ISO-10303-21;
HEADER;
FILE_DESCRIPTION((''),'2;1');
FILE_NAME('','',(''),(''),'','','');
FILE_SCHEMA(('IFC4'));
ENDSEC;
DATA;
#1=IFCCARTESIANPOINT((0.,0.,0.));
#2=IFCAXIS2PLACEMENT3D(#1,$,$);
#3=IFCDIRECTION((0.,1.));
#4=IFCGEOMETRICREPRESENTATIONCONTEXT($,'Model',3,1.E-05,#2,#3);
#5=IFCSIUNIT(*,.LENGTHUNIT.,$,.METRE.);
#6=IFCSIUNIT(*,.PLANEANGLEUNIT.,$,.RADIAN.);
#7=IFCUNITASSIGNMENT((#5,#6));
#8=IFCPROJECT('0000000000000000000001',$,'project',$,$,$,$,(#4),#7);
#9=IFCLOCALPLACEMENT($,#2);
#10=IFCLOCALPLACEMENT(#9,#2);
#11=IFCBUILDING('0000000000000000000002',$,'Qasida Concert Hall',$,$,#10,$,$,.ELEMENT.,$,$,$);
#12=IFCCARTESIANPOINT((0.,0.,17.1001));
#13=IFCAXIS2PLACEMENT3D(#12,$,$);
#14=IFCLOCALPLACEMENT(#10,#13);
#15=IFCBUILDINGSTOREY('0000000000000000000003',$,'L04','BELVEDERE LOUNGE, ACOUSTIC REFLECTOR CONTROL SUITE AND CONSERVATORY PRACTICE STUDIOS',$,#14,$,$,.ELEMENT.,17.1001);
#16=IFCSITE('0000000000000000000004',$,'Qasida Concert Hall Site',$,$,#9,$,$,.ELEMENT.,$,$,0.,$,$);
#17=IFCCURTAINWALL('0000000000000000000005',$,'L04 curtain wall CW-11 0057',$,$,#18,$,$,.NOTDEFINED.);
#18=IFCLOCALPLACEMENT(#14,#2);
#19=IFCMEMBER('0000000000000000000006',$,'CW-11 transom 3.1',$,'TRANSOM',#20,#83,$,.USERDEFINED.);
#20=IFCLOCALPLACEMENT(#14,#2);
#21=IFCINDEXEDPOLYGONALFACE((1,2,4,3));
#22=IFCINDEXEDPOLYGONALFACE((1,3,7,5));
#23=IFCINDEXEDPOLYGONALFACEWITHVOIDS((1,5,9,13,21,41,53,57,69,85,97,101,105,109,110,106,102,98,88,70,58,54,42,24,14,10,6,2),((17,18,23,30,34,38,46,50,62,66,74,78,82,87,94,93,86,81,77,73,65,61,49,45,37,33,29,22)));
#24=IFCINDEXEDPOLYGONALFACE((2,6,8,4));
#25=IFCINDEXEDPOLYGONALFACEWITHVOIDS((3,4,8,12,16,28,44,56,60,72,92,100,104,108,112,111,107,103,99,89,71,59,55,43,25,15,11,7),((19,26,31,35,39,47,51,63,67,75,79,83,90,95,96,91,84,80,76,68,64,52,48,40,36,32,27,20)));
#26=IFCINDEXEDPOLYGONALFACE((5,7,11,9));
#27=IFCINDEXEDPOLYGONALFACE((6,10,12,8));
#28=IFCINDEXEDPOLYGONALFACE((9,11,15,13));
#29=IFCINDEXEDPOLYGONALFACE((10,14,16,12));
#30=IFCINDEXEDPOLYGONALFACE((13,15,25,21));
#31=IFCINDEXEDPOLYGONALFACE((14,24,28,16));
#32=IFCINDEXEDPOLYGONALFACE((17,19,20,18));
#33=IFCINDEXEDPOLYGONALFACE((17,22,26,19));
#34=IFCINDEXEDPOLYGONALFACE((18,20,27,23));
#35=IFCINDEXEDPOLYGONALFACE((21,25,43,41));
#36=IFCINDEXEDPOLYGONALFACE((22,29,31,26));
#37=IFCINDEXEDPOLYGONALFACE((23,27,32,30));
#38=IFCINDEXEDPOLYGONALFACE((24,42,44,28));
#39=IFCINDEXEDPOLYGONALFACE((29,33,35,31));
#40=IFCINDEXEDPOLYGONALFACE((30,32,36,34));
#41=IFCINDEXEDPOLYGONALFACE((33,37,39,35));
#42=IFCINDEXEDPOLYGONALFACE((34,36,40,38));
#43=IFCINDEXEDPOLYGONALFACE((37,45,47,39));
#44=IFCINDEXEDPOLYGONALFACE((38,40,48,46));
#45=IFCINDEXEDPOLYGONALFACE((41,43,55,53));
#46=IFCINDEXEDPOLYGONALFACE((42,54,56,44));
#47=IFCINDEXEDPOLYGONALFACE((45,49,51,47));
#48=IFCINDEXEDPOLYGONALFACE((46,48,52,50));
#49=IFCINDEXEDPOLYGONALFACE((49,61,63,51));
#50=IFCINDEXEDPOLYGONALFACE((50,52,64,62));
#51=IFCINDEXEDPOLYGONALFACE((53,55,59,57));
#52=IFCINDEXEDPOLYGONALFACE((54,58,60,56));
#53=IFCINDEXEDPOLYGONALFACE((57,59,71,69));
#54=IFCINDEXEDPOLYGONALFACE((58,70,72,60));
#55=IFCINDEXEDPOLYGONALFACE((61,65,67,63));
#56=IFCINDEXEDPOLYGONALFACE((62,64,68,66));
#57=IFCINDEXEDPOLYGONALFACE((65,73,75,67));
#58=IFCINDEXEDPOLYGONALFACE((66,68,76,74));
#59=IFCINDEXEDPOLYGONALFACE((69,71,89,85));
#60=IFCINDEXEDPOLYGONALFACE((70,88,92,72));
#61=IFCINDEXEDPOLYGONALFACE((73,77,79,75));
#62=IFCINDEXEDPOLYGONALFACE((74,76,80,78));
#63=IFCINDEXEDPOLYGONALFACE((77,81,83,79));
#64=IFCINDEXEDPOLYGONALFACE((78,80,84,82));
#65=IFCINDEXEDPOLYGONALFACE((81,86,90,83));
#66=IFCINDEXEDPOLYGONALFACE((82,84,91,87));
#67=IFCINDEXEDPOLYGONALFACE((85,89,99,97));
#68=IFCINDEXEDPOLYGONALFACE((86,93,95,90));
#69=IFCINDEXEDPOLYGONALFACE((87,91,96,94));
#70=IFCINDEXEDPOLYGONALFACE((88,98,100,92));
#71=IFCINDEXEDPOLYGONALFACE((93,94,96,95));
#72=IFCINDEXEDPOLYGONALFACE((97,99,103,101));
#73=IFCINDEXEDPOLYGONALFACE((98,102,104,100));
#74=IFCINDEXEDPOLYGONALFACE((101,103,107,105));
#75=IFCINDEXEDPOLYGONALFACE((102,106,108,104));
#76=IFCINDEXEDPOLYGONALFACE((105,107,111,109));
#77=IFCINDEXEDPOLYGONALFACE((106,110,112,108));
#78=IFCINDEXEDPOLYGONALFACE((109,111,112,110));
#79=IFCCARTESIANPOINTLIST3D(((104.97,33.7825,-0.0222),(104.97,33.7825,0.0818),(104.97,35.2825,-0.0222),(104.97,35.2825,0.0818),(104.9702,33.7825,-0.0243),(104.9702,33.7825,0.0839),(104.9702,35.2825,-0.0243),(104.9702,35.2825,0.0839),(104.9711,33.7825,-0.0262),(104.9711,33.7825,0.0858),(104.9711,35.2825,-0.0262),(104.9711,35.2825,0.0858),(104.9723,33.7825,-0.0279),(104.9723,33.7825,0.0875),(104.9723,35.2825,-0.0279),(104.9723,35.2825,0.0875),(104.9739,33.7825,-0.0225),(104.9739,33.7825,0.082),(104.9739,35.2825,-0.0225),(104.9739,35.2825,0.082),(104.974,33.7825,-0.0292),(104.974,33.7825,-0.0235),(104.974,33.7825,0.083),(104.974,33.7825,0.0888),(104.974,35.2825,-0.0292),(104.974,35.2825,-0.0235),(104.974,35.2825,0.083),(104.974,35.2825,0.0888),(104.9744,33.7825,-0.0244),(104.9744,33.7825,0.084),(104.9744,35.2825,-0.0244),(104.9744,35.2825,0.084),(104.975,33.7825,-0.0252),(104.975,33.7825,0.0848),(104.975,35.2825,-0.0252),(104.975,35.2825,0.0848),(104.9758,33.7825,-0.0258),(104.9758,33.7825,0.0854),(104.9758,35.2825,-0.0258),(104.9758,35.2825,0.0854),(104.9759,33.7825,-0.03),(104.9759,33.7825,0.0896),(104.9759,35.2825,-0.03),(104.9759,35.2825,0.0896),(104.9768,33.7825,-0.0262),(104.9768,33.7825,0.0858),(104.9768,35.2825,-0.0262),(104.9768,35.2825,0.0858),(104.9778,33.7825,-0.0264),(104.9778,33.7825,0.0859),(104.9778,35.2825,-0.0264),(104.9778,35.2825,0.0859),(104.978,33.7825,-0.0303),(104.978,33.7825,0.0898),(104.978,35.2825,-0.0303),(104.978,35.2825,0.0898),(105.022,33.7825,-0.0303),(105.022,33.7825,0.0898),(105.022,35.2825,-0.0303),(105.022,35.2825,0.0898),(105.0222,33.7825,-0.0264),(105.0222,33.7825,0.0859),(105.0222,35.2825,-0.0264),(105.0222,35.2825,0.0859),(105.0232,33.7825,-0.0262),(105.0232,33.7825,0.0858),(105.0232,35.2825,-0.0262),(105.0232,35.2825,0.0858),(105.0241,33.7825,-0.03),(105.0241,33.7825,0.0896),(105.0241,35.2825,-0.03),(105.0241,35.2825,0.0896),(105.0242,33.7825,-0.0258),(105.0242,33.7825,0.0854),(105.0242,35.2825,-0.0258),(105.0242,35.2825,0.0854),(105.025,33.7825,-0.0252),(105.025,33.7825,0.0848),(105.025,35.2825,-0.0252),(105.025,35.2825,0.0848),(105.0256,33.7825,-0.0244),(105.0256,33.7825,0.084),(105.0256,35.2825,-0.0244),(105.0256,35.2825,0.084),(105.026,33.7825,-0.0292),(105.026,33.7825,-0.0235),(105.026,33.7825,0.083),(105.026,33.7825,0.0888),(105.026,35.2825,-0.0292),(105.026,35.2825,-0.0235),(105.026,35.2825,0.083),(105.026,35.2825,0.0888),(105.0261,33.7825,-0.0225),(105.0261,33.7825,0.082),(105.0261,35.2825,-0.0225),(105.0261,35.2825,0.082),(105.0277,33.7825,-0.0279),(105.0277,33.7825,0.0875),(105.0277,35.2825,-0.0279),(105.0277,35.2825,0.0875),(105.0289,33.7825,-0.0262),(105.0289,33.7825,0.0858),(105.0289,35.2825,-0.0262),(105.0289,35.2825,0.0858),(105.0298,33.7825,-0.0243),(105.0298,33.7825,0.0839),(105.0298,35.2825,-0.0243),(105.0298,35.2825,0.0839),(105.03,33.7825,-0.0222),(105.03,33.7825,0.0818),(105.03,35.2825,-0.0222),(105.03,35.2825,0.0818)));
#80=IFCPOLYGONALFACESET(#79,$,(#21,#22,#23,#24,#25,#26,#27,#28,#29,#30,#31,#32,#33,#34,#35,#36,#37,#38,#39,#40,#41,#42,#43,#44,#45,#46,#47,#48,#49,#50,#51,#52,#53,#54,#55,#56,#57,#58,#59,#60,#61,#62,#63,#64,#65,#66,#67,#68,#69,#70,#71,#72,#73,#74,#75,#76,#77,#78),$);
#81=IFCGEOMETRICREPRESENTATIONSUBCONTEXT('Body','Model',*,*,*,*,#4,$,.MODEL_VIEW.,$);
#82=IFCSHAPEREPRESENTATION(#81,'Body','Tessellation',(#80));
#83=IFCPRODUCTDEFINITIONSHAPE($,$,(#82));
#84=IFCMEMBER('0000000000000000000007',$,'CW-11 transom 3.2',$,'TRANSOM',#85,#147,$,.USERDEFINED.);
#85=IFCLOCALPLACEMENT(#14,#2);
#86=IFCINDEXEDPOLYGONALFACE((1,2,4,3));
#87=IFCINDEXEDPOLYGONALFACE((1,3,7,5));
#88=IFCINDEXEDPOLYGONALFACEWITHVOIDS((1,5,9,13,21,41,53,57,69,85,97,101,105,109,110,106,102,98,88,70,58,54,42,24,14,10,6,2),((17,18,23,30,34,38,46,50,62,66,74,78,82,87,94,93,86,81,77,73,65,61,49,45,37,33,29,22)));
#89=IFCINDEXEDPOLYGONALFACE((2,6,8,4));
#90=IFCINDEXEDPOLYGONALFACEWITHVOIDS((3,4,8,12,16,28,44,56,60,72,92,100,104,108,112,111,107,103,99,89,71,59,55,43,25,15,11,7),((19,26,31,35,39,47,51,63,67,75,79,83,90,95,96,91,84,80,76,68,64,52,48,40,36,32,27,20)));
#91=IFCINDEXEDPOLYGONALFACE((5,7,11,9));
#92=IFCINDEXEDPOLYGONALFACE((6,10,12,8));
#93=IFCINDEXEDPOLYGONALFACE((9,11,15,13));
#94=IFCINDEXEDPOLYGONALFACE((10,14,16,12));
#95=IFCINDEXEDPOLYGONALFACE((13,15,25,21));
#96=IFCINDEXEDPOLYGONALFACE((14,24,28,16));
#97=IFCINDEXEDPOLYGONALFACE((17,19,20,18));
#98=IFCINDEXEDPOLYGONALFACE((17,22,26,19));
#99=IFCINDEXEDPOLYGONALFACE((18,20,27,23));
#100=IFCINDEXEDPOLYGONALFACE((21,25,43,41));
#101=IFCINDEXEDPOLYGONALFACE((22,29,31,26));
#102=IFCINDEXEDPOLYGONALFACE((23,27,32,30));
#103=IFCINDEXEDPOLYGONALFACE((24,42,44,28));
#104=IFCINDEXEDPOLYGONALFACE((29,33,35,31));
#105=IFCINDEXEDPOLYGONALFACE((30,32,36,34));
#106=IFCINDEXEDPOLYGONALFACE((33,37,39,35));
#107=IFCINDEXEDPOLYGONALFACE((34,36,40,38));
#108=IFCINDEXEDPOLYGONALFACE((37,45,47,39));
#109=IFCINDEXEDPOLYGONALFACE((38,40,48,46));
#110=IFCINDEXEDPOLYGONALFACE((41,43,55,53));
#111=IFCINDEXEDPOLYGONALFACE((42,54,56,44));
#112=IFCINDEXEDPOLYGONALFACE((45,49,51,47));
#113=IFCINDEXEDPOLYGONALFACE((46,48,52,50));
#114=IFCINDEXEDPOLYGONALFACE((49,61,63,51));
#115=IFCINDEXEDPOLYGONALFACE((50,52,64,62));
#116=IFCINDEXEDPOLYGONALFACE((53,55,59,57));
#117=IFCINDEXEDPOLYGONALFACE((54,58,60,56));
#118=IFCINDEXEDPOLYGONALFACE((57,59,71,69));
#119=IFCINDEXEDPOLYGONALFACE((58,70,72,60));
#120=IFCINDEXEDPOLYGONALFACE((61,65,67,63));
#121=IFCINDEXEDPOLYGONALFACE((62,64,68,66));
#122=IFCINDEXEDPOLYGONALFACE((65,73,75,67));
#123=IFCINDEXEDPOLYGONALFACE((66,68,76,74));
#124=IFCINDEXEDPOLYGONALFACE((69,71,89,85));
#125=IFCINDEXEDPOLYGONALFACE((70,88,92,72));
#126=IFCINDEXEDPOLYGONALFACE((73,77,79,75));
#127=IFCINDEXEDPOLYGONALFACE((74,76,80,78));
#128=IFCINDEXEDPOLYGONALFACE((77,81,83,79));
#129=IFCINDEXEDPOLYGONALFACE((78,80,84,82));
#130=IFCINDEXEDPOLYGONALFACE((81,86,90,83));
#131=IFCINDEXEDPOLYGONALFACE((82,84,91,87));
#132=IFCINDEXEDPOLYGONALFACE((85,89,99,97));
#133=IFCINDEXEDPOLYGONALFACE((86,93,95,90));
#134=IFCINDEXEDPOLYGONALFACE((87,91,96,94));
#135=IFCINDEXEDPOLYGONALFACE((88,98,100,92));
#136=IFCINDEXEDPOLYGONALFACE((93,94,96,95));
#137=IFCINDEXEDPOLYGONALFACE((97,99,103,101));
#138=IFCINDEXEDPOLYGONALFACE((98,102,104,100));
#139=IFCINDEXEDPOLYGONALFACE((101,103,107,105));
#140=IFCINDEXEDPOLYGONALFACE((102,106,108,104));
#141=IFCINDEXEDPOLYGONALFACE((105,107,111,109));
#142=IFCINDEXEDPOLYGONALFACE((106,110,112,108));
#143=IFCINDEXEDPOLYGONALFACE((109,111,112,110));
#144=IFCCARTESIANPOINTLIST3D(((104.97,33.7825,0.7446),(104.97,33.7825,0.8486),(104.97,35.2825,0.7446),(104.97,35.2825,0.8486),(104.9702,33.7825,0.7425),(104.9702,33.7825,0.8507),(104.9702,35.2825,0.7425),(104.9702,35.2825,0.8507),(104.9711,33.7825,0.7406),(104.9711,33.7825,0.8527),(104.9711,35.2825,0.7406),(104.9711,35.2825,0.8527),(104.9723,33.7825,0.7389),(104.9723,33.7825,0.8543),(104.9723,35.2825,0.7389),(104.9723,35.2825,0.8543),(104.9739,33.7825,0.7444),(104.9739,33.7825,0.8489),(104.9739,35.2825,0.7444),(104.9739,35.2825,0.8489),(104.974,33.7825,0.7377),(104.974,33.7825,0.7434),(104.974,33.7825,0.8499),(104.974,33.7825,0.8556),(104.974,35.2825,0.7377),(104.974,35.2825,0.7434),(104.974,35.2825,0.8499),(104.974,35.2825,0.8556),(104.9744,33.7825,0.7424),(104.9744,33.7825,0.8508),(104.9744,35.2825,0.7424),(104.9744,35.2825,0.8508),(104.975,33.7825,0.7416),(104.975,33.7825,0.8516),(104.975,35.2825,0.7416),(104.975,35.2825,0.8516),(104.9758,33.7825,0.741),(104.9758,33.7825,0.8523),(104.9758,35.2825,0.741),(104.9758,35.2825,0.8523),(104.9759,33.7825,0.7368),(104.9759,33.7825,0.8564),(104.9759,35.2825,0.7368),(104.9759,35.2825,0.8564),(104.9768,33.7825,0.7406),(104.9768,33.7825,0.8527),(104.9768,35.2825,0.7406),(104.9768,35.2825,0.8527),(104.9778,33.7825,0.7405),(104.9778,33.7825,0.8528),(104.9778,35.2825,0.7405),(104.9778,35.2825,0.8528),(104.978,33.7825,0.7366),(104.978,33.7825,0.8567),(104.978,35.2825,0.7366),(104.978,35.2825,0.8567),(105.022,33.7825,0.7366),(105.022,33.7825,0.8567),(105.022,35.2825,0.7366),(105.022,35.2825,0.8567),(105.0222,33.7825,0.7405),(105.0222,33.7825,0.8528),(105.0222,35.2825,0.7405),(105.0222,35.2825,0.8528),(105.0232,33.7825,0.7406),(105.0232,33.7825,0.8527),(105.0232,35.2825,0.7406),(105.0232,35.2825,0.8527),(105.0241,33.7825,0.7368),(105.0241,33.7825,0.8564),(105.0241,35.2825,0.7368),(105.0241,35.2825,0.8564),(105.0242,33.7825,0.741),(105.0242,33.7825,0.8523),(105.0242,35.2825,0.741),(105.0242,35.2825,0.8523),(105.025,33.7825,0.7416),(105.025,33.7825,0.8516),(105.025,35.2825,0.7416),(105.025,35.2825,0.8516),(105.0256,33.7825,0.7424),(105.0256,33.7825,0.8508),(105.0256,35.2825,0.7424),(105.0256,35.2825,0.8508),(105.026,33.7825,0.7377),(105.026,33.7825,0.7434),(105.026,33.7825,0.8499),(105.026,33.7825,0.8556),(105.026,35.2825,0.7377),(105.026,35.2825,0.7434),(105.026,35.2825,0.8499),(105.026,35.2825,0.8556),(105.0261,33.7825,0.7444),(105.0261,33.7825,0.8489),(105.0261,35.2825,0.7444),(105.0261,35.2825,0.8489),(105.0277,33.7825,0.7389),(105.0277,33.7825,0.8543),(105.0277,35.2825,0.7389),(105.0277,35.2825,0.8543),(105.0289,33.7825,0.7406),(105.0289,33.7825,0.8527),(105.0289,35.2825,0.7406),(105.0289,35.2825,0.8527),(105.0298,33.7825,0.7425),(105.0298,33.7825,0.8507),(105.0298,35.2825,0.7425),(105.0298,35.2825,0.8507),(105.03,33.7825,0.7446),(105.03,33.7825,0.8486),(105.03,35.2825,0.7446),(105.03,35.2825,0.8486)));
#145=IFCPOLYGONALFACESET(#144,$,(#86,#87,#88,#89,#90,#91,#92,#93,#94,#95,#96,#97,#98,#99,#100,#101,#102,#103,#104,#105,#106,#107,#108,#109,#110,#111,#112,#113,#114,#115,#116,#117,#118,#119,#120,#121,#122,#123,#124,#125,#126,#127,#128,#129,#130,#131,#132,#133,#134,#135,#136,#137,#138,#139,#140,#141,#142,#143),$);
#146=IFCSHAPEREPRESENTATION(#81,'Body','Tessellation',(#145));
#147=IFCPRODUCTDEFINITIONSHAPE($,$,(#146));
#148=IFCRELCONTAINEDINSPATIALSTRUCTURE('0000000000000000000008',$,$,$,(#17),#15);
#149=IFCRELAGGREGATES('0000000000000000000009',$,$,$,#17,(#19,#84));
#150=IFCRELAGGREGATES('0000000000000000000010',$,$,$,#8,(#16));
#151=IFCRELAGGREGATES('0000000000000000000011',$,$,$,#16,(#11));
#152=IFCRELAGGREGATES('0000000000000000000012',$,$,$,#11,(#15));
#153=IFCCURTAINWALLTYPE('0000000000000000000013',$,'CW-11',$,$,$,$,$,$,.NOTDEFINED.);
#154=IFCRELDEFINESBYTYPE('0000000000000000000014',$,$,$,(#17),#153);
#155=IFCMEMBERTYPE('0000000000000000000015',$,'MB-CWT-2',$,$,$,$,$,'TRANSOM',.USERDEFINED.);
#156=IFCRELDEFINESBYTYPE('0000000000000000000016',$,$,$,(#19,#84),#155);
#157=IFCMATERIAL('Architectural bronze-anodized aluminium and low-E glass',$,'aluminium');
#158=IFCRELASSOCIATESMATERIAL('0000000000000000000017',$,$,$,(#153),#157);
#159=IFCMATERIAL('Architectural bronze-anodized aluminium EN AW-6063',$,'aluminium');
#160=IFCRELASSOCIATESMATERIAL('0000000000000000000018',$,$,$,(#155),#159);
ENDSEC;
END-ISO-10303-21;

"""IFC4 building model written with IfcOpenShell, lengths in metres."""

from ifc_helpers import new_model, si_unit, direction, frame, origin, origin_2d, place, context, subcontext, project, spatial, hollow_rectangle, extrude, material, material_profile, profile_set, type_object, element, aggregate, save


model = new_model("IFC4")

# Units and contexts
model_context = context("Model", 3, precision=1e-05, world=origin(), true_north=direction((0.0, 1.0)))
body_context = subcontext(model_context, "Body", "Model", "MODEL_VIEW")
ifc_project = project(units=[si_unit("LENGTHUNIT", "METRE"), si_unit("PLANEANGLEUNIT", "RADIAN")], contexts=[model_context])

# Site, building, storey
site_placement = place(None, origin())
site = spatial("IfcSite", under=ifc_project, at=site_placement, Name="Qasida Concert Hall Site", CompositionType="ELEMENT", RefElevation=0.0)
building_placement = place(site_placement, origin())
building = spatial("IfcBuilding", under=site, at=building_placement, Name="Qasida Concert Hall", CompositionType="ELEMENT")
storey_placement = place(building_placement, frame((0.0, 0.0, 17.1001)))
storey = spatial("IfcBuildingStorey", under=building, at=storey_placement, Name="L04", Description="BELVEDERE LOUNGE, ACOUSTIC REFLECTOR CONTROL SUITE AND CONSERVATORY PRACTICE STUDIOS", CompositionType="ELEMENT", Elevation=17.1001)

# Curtain wall, members
ifc_material_1 = material(Name="Architectural bronze-anodized aluminium and low-E glass", Category="aluminium")
curtain_wall_type = type_object("IfcCurtainWallType", Name="CW-11", PredefinedType="NOTDEFINED", material=ifc_material_1)
curtain_wall_placement = place(storey_placement, origin())
curtain_wall = element("IfcCurtainWall", 1, at=curtain_wall_placement, inside=storey, type_object=curtain_wall_type, Name="L04 curtain wall CW-11 0057", PredefinedType="NOTDEFINED")
ifc_material_2 = material(Name="Architectural bronze-anodized aluminium EN AW-6063", Category="aluminium")
ifc_material_profile_1 = material_profile(ifc_material_2, hollow_rectangle(XDim=0.0601, YDim=0.1201, WallThickness=0.0039, InnerFilletRadius=0.0039, OuterFilletRadius=0.0081, at=origin_2d()), Name="CWT 120x60x4")
ifc_profile_set_1 = profile_set([ifc_material_profile_1], Name="Architectural bronze-anodized aluminium EN AW-6063")
member_type_1 = type_object("IfcMemberType", Name="MB-CWT-2", ElementType="TRANSOM", PredefinedType="USERDEFINED", material=ifc_profile_set_1)
member_1_placement = place(storey_placement, frame((105.0, 33.7825, 0.0298), z_axis=(0.0, 1.0, 0.0), x_axis=(-1.0, 0.0, 0.0)))
member_1 = element("IfcMember", 2, at=member_1_placement, type_object=member_type_1, Name="CW-11 transom 3.1", ObjectType="TRANSOM", PredefinedType="USERDEFINED", context=body_context, shape_type="SweptSolid", body=[
    extrude(hollow_rectangle(XDim=0.0601, YDim=0.1201, WallThickness=0.0039, InnerFilletRadius=0.0039, OuterFilletRadius=0.0081, at=origin_2d()), origin(), (0.0, 0.0, 1.0), 1.5),
])
member_2_placement = place(storey_placement, frame((105.0, 33.7825, 0.7966), z_axis=(0.0, 1.0, 0.0), x_axis=(-1.0, 0.0, 0.0)))
member_2 = element("IfcMember", 3, at=member_2_placement, type_object=member_type_1, Name="CW-11 transom 3.2", ObjectType="TRANSOM", PredefinedType="USERDEFINED", context=body_context, shape_type="SweptSolid", body=[
    extrude(hollow_rectangle(XDim=0.0601, YDim=0.1201, WallThickness=0.0039, InnerFilletRadius=0.0039, OuterFilletRadius=0.0081, at=origin_2d()), origin(), (0.0, 0.0, 1.0), 1.5),
])
aggregate(curtain_wall, [member_1, member_2])

save(model, "model.ifc")
